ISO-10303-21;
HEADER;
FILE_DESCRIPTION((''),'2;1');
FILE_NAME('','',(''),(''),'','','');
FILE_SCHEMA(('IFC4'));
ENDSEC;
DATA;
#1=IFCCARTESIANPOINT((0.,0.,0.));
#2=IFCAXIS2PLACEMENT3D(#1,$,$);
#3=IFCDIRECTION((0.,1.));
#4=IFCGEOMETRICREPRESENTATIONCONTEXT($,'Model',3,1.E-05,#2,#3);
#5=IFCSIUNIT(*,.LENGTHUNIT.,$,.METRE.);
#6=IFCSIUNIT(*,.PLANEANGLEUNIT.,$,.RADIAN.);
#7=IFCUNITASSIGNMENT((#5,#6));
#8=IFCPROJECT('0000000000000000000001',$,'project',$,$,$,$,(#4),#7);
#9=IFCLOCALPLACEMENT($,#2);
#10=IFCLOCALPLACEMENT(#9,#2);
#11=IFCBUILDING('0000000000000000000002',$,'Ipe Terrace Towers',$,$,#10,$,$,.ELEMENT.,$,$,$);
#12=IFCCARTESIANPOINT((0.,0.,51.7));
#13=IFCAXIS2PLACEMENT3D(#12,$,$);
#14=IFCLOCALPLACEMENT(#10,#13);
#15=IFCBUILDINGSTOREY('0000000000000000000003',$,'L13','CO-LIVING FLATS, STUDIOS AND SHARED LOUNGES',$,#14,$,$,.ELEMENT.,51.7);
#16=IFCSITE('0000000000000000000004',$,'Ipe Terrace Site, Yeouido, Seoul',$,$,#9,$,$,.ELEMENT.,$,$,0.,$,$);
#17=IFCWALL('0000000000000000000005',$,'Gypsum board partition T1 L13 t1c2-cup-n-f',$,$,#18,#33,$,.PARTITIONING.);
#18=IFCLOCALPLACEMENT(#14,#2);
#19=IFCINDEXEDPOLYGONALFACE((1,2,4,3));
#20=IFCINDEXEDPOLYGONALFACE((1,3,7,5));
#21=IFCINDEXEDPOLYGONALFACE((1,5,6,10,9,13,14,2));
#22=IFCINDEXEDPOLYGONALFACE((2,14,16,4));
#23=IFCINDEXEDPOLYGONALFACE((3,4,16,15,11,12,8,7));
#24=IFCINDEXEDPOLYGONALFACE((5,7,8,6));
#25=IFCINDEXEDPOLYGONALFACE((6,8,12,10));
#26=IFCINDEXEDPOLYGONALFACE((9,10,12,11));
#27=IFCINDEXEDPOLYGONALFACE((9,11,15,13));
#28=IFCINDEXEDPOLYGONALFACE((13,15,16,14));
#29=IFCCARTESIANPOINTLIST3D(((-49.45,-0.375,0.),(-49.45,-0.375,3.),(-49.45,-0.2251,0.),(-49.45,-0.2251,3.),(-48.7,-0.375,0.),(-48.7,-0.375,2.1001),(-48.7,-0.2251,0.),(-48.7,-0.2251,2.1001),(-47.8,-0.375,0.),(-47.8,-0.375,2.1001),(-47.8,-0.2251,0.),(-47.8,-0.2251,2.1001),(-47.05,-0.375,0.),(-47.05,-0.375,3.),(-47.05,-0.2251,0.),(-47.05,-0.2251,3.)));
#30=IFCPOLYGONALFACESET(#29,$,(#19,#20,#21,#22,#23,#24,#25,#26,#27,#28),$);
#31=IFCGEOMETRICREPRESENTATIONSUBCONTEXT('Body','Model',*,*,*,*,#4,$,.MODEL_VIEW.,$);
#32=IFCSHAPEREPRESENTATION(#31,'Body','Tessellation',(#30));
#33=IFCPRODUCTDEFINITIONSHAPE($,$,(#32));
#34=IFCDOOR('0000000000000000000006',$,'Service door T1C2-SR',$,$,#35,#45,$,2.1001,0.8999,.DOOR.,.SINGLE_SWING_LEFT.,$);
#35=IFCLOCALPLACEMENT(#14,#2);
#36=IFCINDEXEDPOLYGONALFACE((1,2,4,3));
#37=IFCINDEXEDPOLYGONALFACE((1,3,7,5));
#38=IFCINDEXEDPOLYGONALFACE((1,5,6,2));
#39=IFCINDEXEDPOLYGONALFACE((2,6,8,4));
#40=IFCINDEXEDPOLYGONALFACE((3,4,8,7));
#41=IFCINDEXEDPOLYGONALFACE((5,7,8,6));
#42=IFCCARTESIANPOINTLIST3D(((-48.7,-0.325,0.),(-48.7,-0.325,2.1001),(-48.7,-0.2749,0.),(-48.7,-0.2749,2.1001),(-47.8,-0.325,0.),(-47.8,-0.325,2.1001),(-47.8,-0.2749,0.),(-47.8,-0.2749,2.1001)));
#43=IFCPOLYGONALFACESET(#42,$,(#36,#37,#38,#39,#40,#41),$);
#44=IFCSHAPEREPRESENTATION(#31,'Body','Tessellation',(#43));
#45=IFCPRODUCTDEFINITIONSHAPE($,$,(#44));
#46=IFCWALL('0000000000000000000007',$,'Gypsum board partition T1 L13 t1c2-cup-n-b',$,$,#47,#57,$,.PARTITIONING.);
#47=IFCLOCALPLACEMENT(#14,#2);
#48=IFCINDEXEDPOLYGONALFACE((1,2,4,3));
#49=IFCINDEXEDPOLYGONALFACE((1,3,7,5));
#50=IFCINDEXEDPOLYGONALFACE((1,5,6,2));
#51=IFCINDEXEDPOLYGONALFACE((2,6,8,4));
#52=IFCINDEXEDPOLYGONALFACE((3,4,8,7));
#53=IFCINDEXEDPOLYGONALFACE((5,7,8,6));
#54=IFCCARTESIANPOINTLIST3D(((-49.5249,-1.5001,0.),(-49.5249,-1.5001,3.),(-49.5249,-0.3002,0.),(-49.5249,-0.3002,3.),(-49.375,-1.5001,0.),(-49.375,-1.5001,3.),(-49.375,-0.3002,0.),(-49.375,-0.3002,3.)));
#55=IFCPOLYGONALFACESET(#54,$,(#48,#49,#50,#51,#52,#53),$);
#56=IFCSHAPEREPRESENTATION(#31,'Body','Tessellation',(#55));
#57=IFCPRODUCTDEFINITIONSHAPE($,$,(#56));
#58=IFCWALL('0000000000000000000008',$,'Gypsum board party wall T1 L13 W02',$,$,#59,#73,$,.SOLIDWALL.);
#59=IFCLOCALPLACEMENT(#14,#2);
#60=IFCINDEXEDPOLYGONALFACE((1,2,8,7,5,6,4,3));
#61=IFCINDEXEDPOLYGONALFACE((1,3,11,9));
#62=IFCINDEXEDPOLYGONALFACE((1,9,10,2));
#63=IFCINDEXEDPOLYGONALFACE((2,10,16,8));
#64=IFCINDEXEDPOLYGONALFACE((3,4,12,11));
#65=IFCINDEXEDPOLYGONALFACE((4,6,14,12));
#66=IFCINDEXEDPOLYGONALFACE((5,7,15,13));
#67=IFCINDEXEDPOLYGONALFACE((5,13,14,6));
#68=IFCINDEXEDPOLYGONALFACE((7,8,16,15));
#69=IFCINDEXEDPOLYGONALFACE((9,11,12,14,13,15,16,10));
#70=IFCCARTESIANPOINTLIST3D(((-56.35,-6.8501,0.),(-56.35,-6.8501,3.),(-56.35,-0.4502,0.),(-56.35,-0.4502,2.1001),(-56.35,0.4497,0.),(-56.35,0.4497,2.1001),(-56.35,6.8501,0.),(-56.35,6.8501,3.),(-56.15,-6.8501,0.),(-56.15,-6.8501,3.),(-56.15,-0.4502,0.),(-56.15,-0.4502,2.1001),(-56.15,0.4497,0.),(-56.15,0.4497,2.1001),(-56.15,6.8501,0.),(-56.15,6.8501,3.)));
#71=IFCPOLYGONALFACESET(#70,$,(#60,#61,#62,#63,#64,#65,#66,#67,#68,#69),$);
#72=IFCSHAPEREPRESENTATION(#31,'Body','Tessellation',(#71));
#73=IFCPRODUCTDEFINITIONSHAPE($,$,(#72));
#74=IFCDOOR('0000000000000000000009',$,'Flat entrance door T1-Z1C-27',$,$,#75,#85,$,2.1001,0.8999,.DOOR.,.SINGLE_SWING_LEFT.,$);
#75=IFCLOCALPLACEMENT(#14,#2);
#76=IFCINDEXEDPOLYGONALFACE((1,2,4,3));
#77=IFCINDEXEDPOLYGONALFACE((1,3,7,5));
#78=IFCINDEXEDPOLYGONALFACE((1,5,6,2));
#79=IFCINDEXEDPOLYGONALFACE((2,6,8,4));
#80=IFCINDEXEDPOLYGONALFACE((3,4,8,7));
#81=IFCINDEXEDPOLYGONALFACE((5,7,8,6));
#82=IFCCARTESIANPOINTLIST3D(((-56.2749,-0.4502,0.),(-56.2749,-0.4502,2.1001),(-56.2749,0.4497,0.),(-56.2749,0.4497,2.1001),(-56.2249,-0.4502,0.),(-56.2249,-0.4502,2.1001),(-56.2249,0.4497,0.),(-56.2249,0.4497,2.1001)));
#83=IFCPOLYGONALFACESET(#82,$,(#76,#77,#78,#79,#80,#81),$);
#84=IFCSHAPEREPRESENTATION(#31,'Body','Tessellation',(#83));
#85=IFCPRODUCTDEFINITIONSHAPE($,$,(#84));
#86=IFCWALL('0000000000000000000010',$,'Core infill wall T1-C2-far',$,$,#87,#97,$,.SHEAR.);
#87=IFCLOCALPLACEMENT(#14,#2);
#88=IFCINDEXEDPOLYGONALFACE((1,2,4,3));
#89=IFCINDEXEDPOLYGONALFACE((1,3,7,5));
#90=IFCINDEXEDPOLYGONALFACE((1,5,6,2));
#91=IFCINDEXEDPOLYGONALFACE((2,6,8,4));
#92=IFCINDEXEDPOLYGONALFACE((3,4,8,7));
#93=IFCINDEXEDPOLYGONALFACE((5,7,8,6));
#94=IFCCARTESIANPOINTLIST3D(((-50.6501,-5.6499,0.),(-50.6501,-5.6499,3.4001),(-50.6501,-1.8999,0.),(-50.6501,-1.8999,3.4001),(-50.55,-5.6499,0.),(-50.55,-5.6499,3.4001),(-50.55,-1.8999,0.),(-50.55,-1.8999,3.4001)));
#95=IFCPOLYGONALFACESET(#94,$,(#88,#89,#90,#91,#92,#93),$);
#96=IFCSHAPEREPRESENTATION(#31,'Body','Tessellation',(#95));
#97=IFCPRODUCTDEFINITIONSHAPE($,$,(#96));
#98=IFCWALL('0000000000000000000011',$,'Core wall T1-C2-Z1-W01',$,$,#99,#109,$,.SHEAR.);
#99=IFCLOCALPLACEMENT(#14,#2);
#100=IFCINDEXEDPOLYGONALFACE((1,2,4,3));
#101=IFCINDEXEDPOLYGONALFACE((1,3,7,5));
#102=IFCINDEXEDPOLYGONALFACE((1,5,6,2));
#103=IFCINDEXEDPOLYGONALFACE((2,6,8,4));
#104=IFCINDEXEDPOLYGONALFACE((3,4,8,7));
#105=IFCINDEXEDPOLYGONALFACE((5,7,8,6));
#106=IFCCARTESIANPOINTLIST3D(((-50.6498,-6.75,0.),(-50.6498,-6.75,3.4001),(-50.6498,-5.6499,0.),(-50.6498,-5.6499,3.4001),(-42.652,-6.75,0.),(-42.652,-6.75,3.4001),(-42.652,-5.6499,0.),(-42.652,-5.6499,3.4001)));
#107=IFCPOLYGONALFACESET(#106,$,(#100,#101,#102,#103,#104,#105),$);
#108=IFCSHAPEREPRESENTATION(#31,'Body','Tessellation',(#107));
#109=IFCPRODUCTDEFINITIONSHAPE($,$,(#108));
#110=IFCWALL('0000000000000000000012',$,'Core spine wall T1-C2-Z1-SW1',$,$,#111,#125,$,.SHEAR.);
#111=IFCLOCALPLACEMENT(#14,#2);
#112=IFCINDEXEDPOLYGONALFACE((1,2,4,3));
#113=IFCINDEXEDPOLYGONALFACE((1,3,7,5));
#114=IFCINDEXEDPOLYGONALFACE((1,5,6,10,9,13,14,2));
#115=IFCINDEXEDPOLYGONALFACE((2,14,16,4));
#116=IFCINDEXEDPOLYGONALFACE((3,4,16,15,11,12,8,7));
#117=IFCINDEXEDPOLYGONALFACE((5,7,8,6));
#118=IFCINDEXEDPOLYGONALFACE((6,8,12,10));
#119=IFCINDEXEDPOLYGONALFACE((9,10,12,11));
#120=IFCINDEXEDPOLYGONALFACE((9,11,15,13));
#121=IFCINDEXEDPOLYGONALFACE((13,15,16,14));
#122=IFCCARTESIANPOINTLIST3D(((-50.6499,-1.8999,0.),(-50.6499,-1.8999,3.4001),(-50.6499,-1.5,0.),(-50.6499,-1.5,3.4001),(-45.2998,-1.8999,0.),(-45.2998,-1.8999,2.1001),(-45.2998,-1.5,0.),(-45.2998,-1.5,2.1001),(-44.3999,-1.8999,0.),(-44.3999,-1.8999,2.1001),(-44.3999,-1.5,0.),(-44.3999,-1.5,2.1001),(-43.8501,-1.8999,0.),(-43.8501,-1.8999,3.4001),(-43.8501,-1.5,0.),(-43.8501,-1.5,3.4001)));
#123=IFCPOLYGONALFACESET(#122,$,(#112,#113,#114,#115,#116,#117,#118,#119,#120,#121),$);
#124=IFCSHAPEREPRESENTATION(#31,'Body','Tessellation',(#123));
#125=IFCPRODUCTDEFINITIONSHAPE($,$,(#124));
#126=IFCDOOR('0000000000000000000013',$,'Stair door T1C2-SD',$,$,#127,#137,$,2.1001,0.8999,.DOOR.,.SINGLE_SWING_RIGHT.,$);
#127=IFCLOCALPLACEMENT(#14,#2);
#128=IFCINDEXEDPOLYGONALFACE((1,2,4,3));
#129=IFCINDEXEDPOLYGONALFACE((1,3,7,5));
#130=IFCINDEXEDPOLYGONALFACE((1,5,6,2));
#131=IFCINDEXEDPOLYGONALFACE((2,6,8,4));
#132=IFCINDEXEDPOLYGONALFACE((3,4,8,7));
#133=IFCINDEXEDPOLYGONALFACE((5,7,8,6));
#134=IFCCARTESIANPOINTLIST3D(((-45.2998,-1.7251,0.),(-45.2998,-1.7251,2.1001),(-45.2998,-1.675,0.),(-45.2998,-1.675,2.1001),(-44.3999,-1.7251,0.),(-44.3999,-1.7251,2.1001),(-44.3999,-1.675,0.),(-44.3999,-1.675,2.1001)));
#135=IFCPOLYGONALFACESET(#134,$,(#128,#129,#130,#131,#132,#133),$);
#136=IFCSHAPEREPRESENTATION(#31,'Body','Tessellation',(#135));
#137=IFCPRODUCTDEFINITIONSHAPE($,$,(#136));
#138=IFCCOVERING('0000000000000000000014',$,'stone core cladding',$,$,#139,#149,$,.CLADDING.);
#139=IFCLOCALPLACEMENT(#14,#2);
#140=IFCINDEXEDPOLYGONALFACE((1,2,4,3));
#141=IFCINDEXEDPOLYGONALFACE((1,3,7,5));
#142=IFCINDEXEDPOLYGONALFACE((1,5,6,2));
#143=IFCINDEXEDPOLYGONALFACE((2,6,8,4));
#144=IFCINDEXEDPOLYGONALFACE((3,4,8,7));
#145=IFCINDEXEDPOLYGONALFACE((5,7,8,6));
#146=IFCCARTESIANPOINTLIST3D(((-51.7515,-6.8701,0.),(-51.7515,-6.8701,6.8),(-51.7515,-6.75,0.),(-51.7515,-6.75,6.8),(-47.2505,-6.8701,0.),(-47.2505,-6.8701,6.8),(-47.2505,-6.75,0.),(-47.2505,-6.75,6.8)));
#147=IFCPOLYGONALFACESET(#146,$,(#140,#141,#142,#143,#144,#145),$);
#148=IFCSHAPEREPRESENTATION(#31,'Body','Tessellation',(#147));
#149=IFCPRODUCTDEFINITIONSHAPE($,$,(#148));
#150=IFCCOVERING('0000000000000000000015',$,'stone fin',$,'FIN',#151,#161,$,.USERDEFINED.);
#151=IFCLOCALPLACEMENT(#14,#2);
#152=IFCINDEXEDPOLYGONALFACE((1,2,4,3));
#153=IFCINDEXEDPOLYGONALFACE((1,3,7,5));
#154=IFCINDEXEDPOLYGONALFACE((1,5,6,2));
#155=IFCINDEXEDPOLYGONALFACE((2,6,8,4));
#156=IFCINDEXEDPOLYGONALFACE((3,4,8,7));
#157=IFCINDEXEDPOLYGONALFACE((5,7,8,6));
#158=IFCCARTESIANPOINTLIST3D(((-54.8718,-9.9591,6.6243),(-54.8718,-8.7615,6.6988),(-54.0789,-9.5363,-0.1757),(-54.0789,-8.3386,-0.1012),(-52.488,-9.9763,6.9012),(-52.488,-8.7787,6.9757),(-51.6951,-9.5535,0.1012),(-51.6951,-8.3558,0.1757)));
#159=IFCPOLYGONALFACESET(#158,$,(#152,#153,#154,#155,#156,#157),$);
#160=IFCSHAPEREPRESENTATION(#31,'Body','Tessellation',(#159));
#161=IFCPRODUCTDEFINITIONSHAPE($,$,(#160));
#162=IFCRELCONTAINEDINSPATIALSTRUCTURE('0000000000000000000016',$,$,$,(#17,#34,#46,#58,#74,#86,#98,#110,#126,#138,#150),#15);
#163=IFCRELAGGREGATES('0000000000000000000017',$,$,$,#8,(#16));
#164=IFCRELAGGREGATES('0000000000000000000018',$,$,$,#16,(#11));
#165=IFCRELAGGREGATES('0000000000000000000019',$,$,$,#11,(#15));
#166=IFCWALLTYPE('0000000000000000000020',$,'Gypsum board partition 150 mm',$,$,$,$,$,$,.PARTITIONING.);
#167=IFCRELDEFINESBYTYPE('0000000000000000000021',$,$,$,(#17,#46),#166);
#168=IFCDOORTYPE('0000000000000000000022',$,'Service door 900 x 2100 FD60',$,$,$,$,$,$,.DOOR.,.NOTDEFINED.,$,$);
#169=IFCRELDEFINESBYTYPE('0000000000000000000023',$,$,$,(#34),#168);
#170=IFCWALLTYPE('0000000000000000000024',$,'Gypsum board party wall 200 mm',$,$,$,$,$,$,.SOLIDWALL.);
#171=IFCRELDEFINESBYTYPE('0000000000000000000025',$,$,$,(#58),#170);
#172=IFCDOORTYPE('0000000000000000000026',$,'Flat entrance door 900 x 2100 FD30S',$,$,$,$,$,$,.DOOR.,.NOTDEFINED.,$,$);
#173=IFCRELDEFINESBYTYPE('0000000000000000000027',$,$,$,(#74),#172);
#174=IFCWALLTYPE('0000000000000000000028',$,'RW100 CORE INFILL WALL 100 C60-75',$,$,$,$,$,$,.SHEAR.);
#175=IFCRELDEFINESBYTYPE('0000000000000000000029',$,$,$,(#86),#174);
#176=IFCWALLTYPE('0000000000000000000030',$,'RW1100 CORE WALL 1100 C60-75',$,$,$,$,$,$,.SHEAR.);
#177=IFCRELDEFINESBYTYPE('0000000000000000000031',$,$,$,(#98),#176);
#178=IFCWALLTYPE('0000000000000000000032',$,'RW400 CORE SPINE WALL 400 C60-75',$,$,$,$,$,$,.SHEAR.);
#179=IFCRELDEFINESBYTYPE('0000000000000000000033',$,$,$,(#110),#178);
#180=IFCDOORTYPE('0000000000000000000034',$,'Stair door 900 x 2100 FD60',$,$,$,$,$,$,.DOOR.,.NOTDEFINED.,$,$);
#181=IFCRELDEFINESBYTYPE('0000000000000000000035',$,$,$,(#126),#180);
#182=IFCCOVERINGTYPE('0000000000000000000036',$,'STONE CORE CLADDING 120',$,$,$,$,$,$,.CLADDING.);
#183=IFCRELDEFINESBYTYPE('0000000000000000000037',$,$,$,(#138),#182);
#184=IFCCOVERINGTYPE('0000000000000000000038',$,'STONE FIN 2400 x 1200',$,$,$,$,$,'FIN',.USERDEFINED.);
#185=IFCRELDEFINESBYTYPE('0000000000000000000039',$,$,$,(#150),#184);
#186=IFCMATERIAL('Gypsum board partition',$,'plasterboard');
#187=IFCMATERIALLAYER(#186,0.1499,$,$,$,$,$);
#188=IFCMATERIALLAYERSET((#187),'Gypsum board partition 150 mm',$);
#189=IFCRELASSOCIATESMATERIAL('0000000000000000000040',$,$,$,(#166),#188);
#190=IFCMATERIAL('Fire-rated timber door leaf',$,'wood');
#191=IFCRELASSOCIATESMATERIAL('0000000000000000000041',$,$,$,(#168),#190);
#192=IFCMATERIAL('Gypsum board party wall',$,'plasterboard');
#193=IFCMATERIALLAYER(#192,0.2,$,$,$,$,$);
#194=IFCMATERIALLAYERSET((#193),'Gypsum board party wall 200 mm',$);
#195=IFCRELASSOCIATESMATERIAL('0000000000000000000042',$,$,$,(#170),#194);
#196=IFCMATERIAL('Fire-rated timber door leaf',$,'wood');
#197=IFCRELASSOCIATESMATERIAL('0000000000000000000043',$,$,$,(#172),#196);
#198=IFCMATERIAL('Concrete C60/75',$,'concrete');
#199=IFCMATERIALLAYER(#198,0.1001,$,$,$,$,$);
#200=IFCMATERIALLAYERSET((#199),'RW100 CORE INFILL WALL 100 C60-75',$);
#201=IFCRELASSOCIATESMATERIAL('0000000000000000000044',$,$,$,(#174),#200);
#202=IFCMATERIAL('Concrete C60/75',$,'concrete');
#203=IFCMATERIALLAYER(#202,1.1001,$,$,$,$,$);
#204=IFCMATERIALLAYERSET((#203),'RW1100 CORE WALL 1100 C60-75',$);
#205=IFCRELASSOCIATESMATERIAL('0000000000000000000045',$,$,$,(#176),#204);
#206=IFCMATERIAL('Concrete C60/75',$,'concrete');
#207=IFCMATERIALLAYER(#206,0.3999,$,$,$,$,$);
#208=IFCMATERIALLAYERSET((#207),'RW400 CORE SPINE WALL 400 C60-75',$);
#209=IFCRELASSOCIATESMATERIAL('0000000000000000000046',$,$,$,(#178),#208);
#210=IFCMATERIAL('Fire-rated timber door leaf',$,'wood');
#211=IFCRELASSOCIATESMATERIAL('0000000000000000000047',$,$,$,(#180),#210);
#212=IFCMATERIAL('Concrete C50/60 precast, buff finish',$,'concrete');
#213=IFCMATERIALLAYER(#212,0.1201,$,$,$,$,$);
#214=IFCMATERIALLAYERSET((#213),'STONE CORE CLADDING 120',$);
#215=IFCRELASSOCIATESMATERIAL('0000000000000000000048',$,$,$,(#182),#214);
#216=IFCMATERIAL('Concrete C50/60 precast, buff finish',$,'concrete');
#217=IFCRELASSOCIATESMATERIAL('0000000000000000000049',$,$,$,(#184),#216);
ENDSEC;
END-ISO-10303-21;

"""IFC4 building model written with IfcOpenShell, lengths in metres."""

from ifc_helpers import new_model, si_unit, direction, frame, frame_2d, origin, origin_2d, place, context, subcontext, project, spatial, rectangle, extrude, material, layer, layer_set, material_profile, profile_set, type_object, element, fill, save


model = new_model("IFC4")

# Units and contexts
model_context = context("Model", 3, precision=1e-05, world=origin(), true_north=direction((0.0, 1.0)))
body_context = subcontext(model_context, "Body", "Model", "MODEL_VIEW")
ifc_project = project(units=[si_unit("LENGTHUNIT", "METRE"), si_unit("PLANEANGLEUNIT", "RADIAN")], contexts=[model_context])

# Site, building, storey
site_placement = place(None, origin())
site = spatial("IfcSite", under=ifc_project, at=site_placement, Name="Ipe Terrace Site, Yeouido, Seoul", CompositionType="ELEMENT", RefElevation=0.0)
building_placement = place(site_placement, origin())
building = spatial("IfcBuilding", under=site, at=building_placement, Name="Ipe Terrace Towers", CompositionType="ELEMENT")
storey_placement = place(building_placement, frame((0.0, 0.0, 51.7)))
storey = spatial("IfcBuildingStorey", under=building, at=storey_placement, Name="L13", Description="CO-LIVING FLATS, STUDIOS AND SHARED LOUNGES", CompositionType="ELEMENT", Elevation=51.7)

# Wall, opening, door
ifc_material_1 = material(Name="Gypsum board partition", Category="plasterboard")
ifc_layer_1 = layer(ifc_material_1, 0.1499)
ifc_layer_set_1 = layer_set([ifc_layer_1], Name="Gypsum board partition 150 mm")
wall_type_1 = type_object("IfcWallType", Name="Gypsum board partition 150 mm", PredefinedType="PARTITIONING", material=ifc_layer_set_1)
wall_1_placement = place(storey_placement, frame((-47.05, -0.3, 0.0), z_axis=(0.0, 0.0, 1.0), x_axis=(-1.0, 0.0, 0.0)))
wall_1 = element("IfcWall", 1, at=wall_1_placement, inside=storey, type_object=wall_type_1, Name="Gypsum board partition T1 L13 t1c2-cup-n-f", PredefinedType="PARTITIONING", context=body_context, shape_type="SweptSolid", body=[
    extrude(rectangle(XDim=2.3999, YDim=0.1499, at=frame_2d((1.2, 0.0))), origin(), (0.0, 0.0, 1.0), 3.0),
])
opening_1_placement = place(wall_1_placement, frame((0.75, 0.0, 0.0)))
opening_1 = element("IfcOpeningElement", 2, at=opening_1_placement, cuts=wall_1, PredefinedType="OPENING", context=body_context, shape_type="SweptSolid", body=[
    extrude(rectangle(XDim=0.8999, YDim=2.1001, at=frame_2d((0.45, 1.05))), frame((0.0, 0.085, 0.0), z_axis=(0.0, -1.0, 0.0), x_axis=(1.0, 0.0, 0.0)), (0.0, 0.0, 1.0), 0.1699),
])
ifc_material_2 = material(Name="Fire-rated timber door leaf", Category="wood")
door_type_1 = type_object("IfcDoorType", Name="Service door 900 x 2100 FD60", OperationType="NOTDEFINED", PredefinedType="DOOR", material=ifc_material_2)
door_1_placement = place(opening_1_placement, origin())
door_1 = element("IfcDoor", 3, at=door_1_placement, inside=storey, type_object=door_type_1, Name="Service door T1C2-SR", OperationType="SINGLE_SWING_LEFT", OverallHeight=2.1001, OverallWidth=0.8999, PredefinedType="DOOR", context=body_context, shape_type="SweptSolid", body=[
    extrude(rectangle(XDim=0.8999, YDim=2.1001, at=frame_2d((0.45, 1.05))), frame((0.0, 0.0249, 0.0), z_axis=(0.0, -1.0, 0.0), x_axis=(1.0, 0.0, 0.0)), (0.0, 0.0, 1.0), 0.05),
])
fill(opening_1, door_1)

# Wall
wall_2_placement = place(storey_placement, frame((-49.45, -0.3, 0.0), z_axis=(0.0, 0.0, 1.0), x_axis=(0.0, -1.0, 0.0)))
element("IfcWall", 4, at=wall_2_placement, inside=storey, type_object=wall_type_1, Name="Gypsum board partition T1 L13 t1c2-cup-n-b", PredefinedType="PARTITIONING", context=body_context, shape_type="SweptSolid", body=[
    extrude(rectangle(XDim=1.2, YDim=0.1499, at=frame_2d((0.6001, 0.0))), origin(), (0.0, 0.0, 1.0), 3.0),
])

# Wall, opening, door
ifc_material_3 = material(Name="Gypsum board party wall", Category="plasterboard")
ifc_layer_2 = layer(ifc_material_3, 0.2)
ifc_layer_set_2 = layer_set([ifc_layer_2], Name="Gypsum board party wall 200 mm")
wall_type_2 = type_object("IfcWallType", Name="Gypsum board party wall 200 mm", PredefinedType="SOLIDWALL", material=ifc_layer_set_2)
wall_3_placement = place(storey_placement, frame((-56.25, -6.8501, 0.0), z_axis=(0.0, 0.0, 1.0), x_axis=(0.0, 1.0, 0.0)))
wall_3 = element("IfcWall", 5, at=wall_3_placement, inside=storey, type_object=wall_type_2, Name="Gypsum board party wall T1 L13 W02", PredefinedType="SOLIDWALL", context=body_context, shape_type="SweptSolid", body=[
    extrude(rectangle(XDim=13.7002, YDim=0.2, at=frame_2d((6.8501, 0.0))), origin(), (0.0, 0.0, 1.0), 3.0),
])
opening_2_placement = place(wall_3_placement, frame((6.3999, 0.0, 0.0)))
opening_2 = element("IfcOpeningElement", 6, at=opening_2_placement, cuts=wall_3, PredefinedType="OPENING", context=body_context, shape_type="SweptSolid", body=[
    extrude(rectangle(XDim=0.8999, YDim=2.1001, at=frame_2d((0.45, 1.05))), frame((0.0, 0.1099, 0.0), z_axis=(0.0, -1.0, 0.0), x_axis=(1.0, 0.0, 0.0)), (0.0, 0.0, 1.0), 0.22),
])
ifc_material_4 = material(Name="Fire-rated timber door leaf", Category="wood")
door_type_2 = type_object("IfcDoorType", Name="Flat entrance door 900 x 2100 FD30S", OperationType="NOTDEFINED", PredefinedType="DOOR", material=ifc_material_4)
door_2_placement = place(opening_2_placement, origin())
door_2 = element("IfcDoor", 7, at=door_2_placement, inside=storey, type_object=door_type_2, Name="Flat entrance door T1-Z1C-27", OperationType="SINGLE_SWING_LEFT", OverallHeight=2.1001, OverallWidth=0.8999, PredefinedType="DOOR", context=body_context, shape_type="SweptSolid", body=[
    extrude(rectangle(XDim=0.8999, YDim=2.1001, at=frame_2d((0.45, 1.05))), frame((0.0, 0.0249, 0.0), z_axis=(0.0, -1.0, 0.0), x_axis=(1.0, 0.0, 0.0)), (0.0, 0.0, 1.0), 0.05),
])
fill(opening_2, door_2)

# Walls
ifc_material_5 = material(Name="Concrete C60/75", Category="concrete")
ifc_layer_3 = layer(ifc_material_5, 0.1001)
ifc_layer_set_3 = layer_set([ifc_layer_3], Name="RW100 CORE INFILL WALL 100 C60-75")
wall_type_3 = type_object("IfcWallType", Name="RW100 CORE INFILL WALL 100 C60-75", PredefinedType="SHEAR", material=ifc_layer_set_3)
wall_4_placement = place(storey_placement, frame((-50.6001, -1.8999, 0.0), z_axis=(0.0, 0.0, 1.0), x_axis=(0.0, -1.0, 0.0)))
element("IfcWall", 8, at=wall_4_placement, inside=storey, type_object=wall_type_3, Name="Core infill wall T1-C2-far", PredefinedType="SHEAR", context=body_context, shape_type="SweptSolid", body=[
    extrude(rectangle(XDim=3.75, YDim=0.1001, at=frame_2d((1.875, 0.0))), origin(), (0.0, 0.0, 1.0), 3.4001),
])
ifc_material_6 = material(Name="Concrete C60/75", Category="concrete")
ifc_layer_4 = layer(ifc_material_6, 1.1001)
ifc_layer_set_4 = layer_set([ifc_layer_4], Name="RW1100 CORE WALL 1100 C60-75")
wall_type_4 = type_object("IfcWallType", Name="RW1100 CORE WALL 1100 C60-75", PredefinedType="SHEAR", material=ifc_layer_set_4)
wall_5_placement = place(storey_placement, frame((-50.6499, -6.2, 0.0), z_axis=(0.0, 0.0, 1.0), x_axis=(1.0, 0.0, 0.0)))
element("IfcWall", 9, at=wall_5_placement, inside=storey, type_object=wall_type_4, Name="Core wall T1-C2-Z1-W01", PredefinedType="SHEAR", context=body_context, shape_type="SweptSolid", body=[
    extrude(rectangle(XDim=7.9978, YDim=1.1001, at=frame_2d((3.999, 0.0))), origin(), (0.0, 0.0, 1.0), 3.4001),
])

# Wall, opening, door
ifc_material_7 = material(Name="Concrete C60/75", Category="concrete")
ifc_layer_5 = layer(ifc_material_7, 0.3999)
ifc_layer_set_5 = layer_set([ifc_layer_5], Name="RW400 CORE SPINE WALL 400 C60-75")
wall_type_5 = type_object("IfcWallType", Name="RW400 CORE SPINE WALL 400 C60-75", PredefinedType="SHEAR", material=ifc_layer_set_5)
wall_6_placement = place(storey_placement, frame((-50.6499, -1.7, 0.0), z_axis=(0.0, 0.0, 1.0), x_axis=(1.0, 0.0, 0.0)))
wall_6 = element("IfcWall", 10, at=wall_6_placement, inside=storey, type_object=wall_type_5, Name="Core spine wall T1-C2-Z1-SW1", PredefinedType="SHEAR", context=body_context, shape_type="SweptSolid", body=[
    extrude(rectangle(XDim=6.7998, YDim=0.3999, at=frame_2d((3.3999, 0.0))), origin(), (0.0, 0.0, 1.0), 3.4001),
])
opening_3_placement = place(wall_6_placement, frame((5.3501, 0.0, 0.0)))
opening_3 = element("IfcOpeningElement", 11, at=opening_3_placement, cuts=wall_6, PredefinedType="OPENING", context=body_context, shape_type="SweptSolid", body=[
    extrude(rectangle(XDim=0.8999, YDim=2.1001, at=frame_2d((0.45, 1.05))), frame((0.0, 0.21, 0.0), z_axis=(0.0, -1.0, 0.0), x_axis=(1.0, 0.0, 0.0)), (0.0, 0.0, 1.0), 0.4199),
])
ifc_material_8 = material(Name="Fire-rated timber door leaf", Category="wood")
door_type_3 = type_object("IfcDoorType", Name="Stair door 900 x 2100 FD60", OperationType="NOTDEFINED", PredefinedType="DOOR", material=ifc_material_8)
door_3_placement = place(opening_3_placement, origin())
door_3 = element("IfcDoor", 12, at=door_3_placement, inside=storey, type_object=door_type_3, Name="Stair door T1C2-SD", OperationType="SINGLE_SWING_RIGHT", OverallHeight=2.1001, OverallWidth=0.8999, PredefinedType="DOOR", context=body_context, shape_type="SweptSolid", body=[
    extrude(rectangle(XDim=0.8999, YDim=2.1001, at=frame_2d((0.45, 1.05))), frame((0.0, 0.0249, 0.0), z_axis=(0.0, -1.0, 0.0), x_axis=(1.0, 0.0, 0.0)), (0.0, 0.0, 1.0), 0.05),
])
fill(opening_3, door_3)

# Coverings
ifc_material_9 = material(Name="Concrete C50/60 precast, buff finish", Category="concrete")
ifc_layer_6 = layer(ifc_material_9, 0.1201)
ifc_layer_set_6 = layer_set([ifc_layer_6], Name="STONE CORE CLADDING 120")
covering_type_1 = type_object("IfcCoveringType", Name="STONE CORE CLADDING 120", PredefinedType="CLADDING", material=ifc_layer_set_6)
covering_1_placement = place(storey_placement, frame((-49.501, -6.8101, 0.0), z_axis=(0.0, 0.0, 1.0), x_axis=(1.0, 0.0, 0.0)))
element("IfcCovering", 13, at=covering_1_placement, inside=storey, type_object=covering_type_1, Name="stone core cladding", PredefinedType="CLADDING", context=body_context, shape_type="SweptSolid", body=[
    extrude(rectangle(XDim=4.501, YDim=0.1201, at=origin_2d()), origin(), (0.0, 0.0, 1.0), 6.8),
])
ifc_material_10 = material(Name="Concrete C50/60 precast, buff finish", Category="concrete")
ifc_material_profile_1 = material_profile(ifc_material_10, rectangle(XDim=2.3999, YDim=1.2, at=origin_2d()), Name="STONE FIN 2400 x 1200")
ifc_profile_set_1 = profile_set([ifc_material_profile_1], Name="Concrete C50/60 precast, buff finish")
covering_type_2 = type_object("IfcCoveringType", Name="STONE FIN 2400 x 1200", ElementType="FIN", PredefinedType="USERDEFINED", material=ifc_profile_set_1)
for number, where, z_axis, x_axis, name in (
    (14, (-52.887, -8.946, 0.0), (-0.115607, -0.061648, 0.99138), (0.993295, -0.007175, 0.115384), "stone fin"),
):
    element("IfcCovering", number, at=place(storey_placement, frame(where, z_axis=z_axis, x_axis=x_axis)), inside=storey, type_object=covering_type_2, Name=name, ObjectType="FIN", PredefinedType="USERDEFINED", context=body_context, shape_type="SweptSolid", body=[
        extrude(rectangle(XDim=2.3999, YDim=1.2, at=origin_2d()), origin(), (0.0, 0.0, 1.0), 6.8591),
    ])

save(model, "model.ifc")
